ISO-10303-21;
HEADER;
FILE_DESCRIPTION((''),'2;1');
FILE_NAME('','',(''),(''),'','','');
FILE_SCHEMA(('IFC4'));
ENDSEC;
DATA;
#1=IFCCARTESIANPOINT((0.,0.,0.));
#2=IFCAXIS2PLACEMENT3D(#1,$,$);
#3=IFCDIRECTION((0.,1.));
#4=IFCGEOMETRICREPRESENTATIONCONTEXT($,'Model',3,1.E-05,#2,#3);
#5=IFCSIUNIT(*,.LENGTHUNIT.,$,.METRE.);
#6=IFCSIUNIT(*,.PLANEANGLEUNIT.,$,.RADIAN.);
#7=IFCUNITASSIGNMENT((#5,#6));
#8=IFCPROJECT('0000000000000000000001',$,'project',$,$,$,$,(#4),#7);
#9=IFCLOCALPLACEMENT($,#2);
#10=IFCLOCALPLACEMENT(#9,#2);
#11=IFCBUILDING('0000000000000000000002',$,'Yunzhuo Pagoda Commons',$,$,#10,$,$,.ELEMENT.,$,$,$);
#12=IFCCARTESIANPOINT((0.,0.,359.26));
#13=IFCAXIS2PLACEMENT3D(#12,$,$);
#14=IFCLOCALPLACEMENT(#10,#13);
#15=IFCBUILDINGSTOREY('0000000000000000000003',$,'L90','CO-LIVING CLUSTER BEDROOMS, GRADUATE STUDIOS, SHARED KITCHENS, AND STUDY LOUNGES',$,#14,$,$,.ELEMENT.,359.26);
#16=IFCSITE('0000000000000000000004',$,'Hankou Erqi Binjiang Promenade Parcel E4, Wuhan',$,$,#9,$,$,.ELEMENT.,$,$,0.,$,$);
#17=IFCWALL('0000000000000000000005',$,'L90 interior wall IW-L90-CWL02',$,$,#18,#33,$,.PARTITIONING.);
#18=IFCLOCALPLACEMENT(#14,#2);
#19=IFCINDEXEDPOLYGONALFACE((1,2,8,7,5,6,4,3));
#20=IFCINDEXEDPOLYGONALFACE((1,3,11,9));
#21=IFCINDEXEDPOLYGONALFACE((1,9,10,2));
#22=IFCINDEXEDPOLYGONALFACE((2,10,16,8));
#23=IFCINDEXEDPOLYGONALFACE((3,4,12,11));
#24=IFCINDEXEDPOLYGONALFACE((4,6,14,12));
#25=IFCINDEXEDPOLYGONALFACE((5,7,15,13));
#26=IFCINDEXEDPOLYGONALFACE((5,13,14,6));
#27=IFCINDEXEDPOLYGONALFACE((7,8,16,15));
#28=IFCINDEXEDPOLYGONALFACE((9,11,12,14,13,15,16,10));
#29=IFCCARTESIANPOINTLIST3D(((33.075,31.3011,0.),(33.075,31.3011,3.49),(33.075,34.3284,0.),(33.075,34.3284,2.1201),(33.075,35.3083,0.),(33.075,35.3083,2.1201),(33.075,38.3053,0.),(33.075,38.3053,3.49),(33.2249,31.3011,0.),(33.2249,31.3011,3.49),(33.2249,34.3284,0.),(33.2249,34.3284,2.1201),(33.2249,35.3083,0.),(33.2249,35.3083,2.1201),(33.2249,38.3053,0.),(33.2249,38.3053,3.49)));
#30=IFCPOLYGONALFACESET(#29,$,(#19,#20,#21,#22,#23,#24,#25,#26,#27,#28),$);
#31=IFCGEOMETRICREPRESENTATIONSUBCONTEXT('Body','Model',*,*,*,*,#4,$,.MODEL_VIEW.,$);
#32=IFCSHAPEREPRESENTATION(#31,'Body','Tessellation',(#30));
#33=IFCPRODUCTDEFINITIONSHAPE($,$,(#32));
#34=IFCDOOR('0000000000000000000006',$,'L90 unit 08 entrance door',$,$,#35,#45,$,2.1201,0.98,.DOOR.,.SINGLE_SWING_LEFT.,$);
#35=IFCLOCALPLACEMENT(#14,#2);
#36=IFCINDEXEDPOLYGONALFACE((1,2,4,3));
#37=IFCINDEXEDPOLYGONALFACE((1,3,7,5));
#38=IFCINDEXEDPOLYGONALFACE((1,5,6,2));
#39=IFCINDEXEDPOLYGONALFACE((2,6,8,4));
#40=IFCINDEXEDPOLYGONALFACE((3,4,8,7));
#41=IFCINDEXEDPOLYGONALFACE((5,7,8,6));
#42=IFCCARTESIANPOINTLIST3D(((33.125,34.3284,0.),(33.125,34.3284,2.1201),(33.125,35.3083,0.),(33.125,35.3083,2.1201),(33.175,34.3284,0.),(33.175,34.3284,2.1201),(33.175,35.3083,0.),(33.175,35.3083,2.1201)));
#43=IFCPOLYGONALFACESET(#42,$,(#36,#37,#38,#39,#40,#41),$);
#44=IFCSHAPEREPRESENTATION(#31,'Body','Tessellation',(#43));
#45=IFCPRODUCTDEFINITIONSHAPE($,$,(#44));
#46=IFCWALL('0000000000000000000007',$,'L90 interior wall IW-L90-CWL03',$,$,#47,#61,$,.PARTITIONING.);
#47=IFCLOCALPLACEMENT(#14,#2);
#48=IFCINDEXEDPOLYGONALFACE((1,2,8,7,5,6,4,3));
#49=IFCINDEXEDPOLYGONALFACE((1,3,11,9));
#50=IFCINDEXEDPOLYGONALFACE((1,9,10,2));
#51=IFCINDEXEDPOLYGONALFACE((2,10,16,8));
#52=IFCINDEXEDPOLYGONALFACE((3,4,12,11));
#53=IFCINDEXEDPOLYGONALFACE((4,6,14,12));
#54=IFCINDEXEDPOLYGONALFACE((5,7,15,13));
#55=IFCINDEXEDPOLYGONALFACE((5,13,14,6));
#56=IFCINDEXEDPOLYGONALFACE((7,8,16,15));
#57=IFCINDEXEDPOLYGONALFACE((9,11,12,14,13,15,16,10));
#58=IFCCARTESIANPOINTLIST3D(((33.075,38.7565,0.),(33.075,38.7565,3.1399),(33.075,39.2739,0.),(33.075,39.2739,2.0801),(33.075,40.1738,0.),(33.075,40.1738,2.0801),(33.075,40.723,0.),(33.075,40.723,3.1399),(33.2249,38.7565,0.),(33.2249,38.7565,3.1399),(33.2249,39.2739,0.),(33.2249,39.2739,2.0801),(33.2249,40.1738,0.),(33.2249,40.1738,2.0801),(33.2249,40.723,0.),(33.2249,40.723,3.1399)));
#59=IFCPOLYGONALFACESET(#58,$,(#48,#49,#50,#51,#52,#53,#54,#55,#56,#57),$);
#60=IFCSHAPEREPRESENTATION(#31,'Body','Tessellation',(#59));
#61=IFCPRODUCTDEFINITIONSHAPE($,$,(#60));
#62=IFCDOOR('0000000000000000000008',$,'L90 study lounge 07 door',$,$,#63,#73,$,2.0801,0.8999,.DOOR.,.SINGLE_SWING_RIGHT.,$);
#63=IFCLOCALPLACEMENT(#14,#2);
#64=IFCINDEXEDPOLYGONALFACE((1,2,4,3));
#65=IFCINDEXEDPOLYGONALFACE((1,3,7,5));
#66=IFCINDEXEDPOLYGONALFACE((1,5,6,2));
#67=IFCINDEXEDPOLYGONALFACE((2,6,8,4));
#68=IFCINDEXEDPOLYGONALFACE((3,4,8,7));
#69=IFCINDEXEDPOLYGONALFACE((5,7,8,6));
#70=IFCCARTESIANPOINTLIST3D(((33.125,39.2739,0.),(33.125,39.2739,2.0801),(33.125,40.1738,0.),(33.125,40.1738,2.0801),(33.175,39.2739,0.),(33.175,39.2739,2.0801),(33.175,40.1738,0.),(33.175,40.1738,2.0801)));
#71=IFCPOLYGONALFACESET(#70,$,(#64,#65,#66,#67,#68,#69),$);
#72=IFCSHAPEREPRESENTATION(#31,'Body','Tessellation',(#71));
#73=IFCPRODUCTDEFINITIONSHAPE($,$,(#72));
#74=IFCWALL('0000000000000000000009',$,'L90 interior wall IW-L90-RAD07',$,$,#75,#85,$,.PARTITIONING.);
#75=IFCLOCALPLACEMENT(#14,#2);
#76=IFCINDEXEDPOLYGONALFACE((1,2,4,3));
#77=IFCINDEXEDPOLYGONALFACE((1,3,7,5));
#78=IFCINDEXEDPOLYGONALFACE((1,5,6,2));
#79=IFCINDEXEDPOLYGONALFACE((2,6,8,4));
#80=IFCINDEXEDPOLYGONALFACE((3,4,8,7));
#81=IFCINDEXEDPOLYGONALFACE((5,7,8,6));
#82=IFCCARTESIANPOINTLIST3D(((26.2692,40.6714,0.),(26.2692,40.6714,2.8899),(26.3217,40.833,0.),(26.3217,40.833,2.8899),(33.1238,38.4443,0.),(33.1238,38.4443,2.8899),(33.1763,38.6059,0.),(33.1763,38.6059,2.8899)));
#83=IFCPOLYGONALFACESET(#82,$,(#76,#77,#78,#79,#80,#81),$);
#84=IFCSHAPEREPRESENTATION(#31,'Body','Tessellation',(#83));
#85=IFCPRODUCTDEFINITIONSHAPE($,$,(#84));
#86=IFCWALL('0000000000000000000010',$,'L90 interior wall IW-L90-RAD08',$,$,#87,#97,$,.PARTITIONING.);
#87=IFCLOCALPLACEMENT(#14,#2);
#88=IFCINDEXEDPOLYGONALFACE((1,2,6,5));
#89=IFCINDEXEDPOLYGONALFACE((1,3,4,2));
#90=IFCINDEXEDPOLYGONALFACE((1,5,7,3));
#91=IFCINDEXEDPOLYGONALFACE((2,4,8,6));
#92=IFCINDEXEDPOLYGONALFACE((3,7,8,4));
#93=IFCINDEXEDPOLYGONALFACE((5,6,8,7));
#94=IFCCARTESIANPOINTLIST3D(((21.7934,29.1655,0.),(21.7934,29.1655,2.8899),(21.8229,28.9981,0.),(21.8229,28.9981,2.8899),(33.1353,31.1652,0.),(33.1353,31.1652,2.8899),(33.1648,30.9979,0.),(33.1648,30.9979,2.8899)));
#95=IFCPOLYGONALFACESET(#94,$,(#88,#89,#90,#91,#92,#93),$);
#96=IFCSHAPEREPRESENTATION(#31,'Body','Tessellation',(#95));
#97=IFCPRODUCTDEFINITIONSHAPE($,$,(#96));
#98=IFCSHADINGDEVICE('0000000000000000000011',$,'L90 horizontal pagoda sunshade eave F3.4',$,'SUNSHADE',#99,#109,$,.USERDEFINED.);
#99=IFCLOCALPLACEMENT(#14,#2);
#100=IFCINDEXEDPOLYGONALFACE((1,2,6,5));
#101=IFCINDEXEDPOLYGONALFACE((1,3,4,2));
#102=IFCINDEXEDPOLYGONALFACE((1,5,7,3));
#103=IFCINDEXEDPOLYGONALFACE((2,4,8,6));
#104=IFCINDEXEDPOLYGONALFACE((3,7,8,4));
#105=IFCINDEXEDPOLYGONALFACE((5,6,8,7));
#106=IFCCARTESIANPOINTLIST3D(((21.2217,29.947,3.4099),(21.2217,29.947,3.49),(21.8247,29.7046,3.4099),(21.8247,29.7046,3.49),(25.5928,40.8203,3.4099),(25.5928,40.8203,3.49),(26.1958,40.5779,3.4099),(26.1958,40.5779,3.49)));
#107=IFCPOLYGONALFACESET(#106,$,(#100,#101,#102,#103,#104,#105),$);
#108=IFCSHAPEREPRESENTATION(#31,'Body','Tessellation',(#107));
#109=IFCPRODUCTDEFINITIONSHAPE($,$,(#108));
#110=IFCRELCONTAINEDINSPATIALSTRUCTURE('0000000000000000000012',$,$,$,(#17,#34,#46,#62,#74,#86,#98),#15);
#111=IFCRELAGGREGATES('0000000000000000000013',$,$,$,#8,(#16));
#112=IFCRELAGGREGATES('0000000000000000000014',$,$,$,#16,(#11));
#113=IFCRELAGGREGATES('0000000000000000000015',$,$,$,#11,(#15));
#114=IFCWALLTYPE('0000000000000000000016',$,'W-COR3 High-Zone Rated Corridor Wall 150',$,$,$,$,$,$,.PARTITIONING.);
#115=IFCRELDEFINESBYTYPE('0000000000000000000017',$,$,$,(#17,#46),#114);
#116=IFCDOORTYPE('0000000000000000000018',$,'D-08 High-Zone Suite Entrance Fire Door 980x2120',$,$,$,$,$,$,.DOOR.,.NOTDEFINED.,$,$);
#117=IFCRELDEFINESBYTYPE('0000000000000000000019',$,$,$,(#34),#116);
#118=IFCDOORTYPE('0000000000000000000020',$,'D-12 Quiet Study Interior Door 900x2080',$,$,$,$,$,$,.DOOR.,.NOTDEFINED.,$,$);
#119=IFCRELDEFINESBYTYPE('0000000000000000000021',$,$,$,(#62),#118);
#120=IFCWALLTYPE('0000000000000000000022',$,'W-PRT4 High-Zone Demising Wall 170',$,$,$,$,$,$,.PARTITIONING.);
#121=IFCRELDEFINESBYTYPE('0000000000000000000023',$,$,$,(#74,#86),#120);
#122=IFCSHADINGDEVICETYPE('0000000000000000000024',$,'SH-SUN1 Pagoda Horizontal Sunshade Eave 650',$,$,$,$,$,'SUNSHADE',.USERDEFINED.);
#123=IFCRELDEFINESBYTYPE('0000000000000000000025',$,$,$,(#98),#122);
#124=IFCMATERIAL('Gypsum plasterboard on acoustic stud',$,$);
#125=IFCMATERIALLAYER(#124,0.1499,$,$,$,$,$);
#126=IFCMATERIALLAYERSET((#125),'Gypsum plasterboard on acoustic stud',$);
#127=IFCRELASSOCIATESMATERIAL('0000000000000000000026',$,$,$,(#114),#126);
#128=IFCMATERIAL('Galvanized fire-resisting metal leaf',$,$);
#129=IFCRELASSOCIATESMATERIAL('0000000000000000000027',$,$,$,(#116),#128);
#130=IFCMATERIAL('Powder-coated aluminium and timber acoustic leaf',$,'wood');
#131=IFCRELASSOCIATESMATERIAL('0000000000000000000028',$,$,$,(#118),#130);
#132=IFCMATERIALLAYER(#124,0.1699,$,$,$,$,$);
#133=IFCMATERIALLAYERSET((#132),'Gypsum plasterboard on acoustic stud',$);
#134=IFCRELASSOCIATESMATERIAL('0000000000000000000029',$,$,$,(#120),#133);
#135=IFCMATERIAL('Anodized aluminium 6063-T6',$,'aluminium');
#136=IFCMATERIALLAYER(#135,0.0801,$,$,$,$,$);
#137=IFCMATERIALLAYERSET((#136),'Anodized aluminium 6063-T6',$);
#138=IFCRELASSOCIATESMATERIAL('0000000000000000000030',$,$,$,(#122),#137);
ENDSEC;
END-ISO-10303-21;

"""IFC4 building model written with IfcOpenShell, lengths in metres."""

from ifc_helpers import new_model, si_unit, direction, frame, frame_2d, origin, origin_with_axes, origin_2d, place, context, subcontext, project, spatial, rectangle, extrude, source, transform, mapped, material, layer, layer_set, type_object, element, fill, save


model = new_model("IFC4")

# Units and contexts
model_context = context("Model", 3, precision=1e-05, world=origin(), true_north=direction((0.0, 1.0)))
body_context = subcontext(model_context, "Body", "Model", "MODEL_VIEW")
ifc_project = project(units=[si_unit("LENGTHUNIT", "METRE"), si_unit("PLANEANGLEUNIT", "RADIAN")], contexts=[model_context])

# Site, building, storey
site_placement = place(None, origin())
site = spatial("IfcSite", under=ifc_project, at=site_placement, Name="Hankou Erqi Binjiang Promenade Parcel E4, Wuhan", CompositionType="ELEMENT", RefElevation=0.0)
building_placement = place(site_placement, origin())
building = spatial("IfcBuilding", under=site, at=building_placement, Name="Yunzhuo Pagoda Commons", CompositionType="ELEMENT")
storey_placement = place(building_placement, frame((0.0, 0.0, 359.26)))
storey = spatial("IfcBuildingStorey", under=building, at=storey_placement, Name="L90", Description="CO-LIVING CLUSTER BEDROOMS, GRADUATE STUDIOS, SHARED KITCHENS, AND STUDY LOUNGES", CompositionType="ELEMENT", Elevation=359.26)

# Shared definitions
ifc_material_1 = material(Name="Anodized aluminium 6063-T6", Category="aluminium")

# Walls, openings, doors
ifc_material_2 = material(Name="Galvanized fire-resisting metal leaf")
ifc_material_3 = material(Name="Gypsum plasterboard on acoustic stud")
ifc_layer_1 = layer(ifc_material_3, 0.1499)
ifc_layer_set_1 = layer_set([ifc_layer_1], Name="Gypsum plasterboard on acoustic stud")
wall_type_1 = type_object("IfcWallType", Name="W-COR3 High-Zone Rated Corridor Wall 150", PredefinedType="PARTITIONING", material=ifc_layer_set_1)
wall_1_placement = place(storey_placement, frame((33.1499, 31.3013, 0.0), z_axis=(0.0, 0.0, 1.0), x_axis=(0.0, 1.0, 0.0)))
wall_1 = element("IfcWall", 1, at=wall_1_placement, inside=storey, type_object=wall_type_1, Name="L90 interior wall IW-L90-CWL02", PredefinedType="PARTITIONING", context=body_context, shape_type="SweptSolid", body=[
    extrude(rectangle(XDim=7.0042, YDim=0.1499, at=frame_2d((3.502, 0.0))), origin(), (0.0, 0.0, 1.0), 3.49),
])
opening_1_placement = place(wall_1_placement, frame((3.0271, 0.0, 0.0)))
opening_1 = element("IfcOpeningElement", 2, at=opening_1_placement, cuts=wall_1, PredefinedType="OPENING", context=body_context, shape_type="SweptSolid", body=[
    extrude(rectangle(XDim=0.98, YDim=2.1201, at=frame_2d((0.49, 1.0601))), frame((0.0, 0.085, 0.0), z_axis=(0.0, -1.0, 0.0), x_axis=(1.0, 0.0, 0.0)), (0.0, 0.0, 1.0), 0.1699),
])
door_type_1 = type_object("IfcDoorType", Name="D-08 High-Zone Suite Entrance Fire Door 980x2120", OperationType="NOTDEFINED", PredefinedType="DOOR", material=ifc_material_2)
shared_shape_1 = source(origin(), body_context, "Body", "SweptSolid", [
    extrude(rectangle(XDim=0.98, YDim=2.1201, at=frame_2d((0.49, 1.0601))), frame((0.0, 0.0249, 0.0), z_axis=(0.0, -1.0, 0.0), x_axis=(1.0, 0.0, 0.0)), (0.0, 0.0, 1.0), 0.05),
])
door_1_placement = place(opening_1_placement, origin_with_axes())
door_1 = element("IfcDoor", 3, at=door_1_placement, inside=storey, type_object=door_type_1, Name="L90 unit 08 entrance door", OperationType="SINGLE_SWING_LEFT", OverallHeight=2.1201, OverallWidth=0.98, PredefinedType="DOOR", context=body_context, shape_type="MappedRepresentation", body=[
    mapped(shared_shape_1, transform((0.0, 0.0, 0.0), scale=1.0)),
])
fill(opening_1, door_1)
wall_2_placement = place(storey_placement, frame((33.1499, 38.7563, 0.0), z_axis=(0.0, 0.0, 1.0), x_axis=(0.0, 1.0, 0.0)))
wall_2 = element("IfcWall", 4, at=wall_2_placement, inside=storey, type_object=wall_type_1, Name="L90 interior wall IW-L90-CWL03", PredefinedType="PARTITIONING", context=body_context, shape_type="SweptSolid", body=[
    extrude(rectangle(XDim=1.9666, YDim=0.1499, at=frame_2d((0.9834, 0.0))), origin(), (0.0, 0.0, 1.0), 3.1399),
])
opening_2_placement = place(wall_2_placement, frame((0.5176, 0.0, 0.0)))
opening_2 = element("IfcOpeningElement", 5, at=opening_2_placement, cuts=wall_2, PredefinedType="OPENING", context=body_context, shape_type="SweptSolid", body=[
    extrude(rectangle(XDim=0.8999, YDim=2.0801, at=frame_2d((0.45, 1.04))), frame((0.0, 0.085, 0.0), z_axis=(0.0, -1.0, 0.0), x_axis=(1.0, 0.0, 0.0)), (0.0, 0.0, 1.0), 0.1699),
])
ifc_material_4 = material(Name="Powder-coated aluminium and timber acoustic leaf", Category="wood")
door_type_2 = type_object("IfcDoorType", Name="D-12 Quiet Study Interior Door 900x2080", OperationType="NOTDEFINED", PredefinedType="DOOR", material=ifc_material_4)
shared_shape_2 = source(origin(), body_context, "Body", "SweptSolid", [
    extrude(rectangle(XDim=0.8999, YDim=2.0801, at=frame_2d((0.45, 1.04))), frame((0.0, 0.0249, 0.0), z_axis=(0.0, -1.0, 0.0), x_axis=(1.0, 0.0, 0.0)), (0.0, 0.0, 1.0), 0.05),
])
door_2_placement = place(opening_2_placement, origin_with_axes())
door_2 = element("IfcDoor", 6, at=door_2_placement, inside=storey, type_object=door_type_2, Name="L90 study lounge 07 door", OperationType="SINGLE_SWING_RIGHT", OverallHeight=2.0801, OverallWidth=0.8999, PredefinedType="DOOR", context=body_context, shape_type="MappedRepresentation", body=[
    mapped(shared_shape_2, transform((0.0, 0.0, 0.0), scale=1.0)),
])
fill(opening_2, door_2)

# Walls
ifc_layer_2 = layer(ifc_material_3, 0.1699)
ifc_layer_set_2 = layer_set([ifc_layer_2], Name="Gypsum plasterboard on acoustic stud")
wall_type_2 = type_object("IfcWallType", Name="W-PRT4 High-Zone Demising Wall 170", PredefinedType="PARTITIONING", material=ifc_layer_set_2)
wall_3_placement = place(storey_placement, frame((33.1499, 38.5251, 0.0), z_axis=(0.0, 0.0, 1.0), x_axis=(-0.951061, 0.309003, 0.0)))
element("IfcWall", 7, at=wall_3_placement, inside=storey, type_object=wall_type_2, Name="L90 interior wall IW-L90-RAD07", PredefinedType="PARTITIONING", context=body_context, shape_type="SweptSolid", body=[
    extrude(rectangle(XDim=7.2073, YDim=0.1699, at=frame_2d((3.6035, 0.0))), origin(), (0.0, 0.0, 1.0), 2.8899),
])
wall_4_placement = place(storey_placement, frame((33.1499, 31.0815, 0.0), z_axis=(0.0, 0.0, 1.0), x_axis=(-0.984809, -0.173639, 0.0)))
element("IfcWall", 8, at=wall_4_placement, inside=storey, type_object=wall_type_2, Name="L90 interior wall IW-L90-RAD08", PredefinedType="PARTITIONING", context=body_context, shape_type="SweptSolid", body=[
    extrude(rectangle(XDim=11.5168, YDim=0.1699, at=frame_2d((5.7583, 0.0))), origin(), (0.0, 0.0, 1.0), 2.8899),
])

# Shading device
ifc_layer_3 = layer(ifc_material_1, 0.0801)
ifc_layer_set_3 = layer_set([ifc_layer_3], Name="Anodized aluminium 6063-T6")
shading_device_type = type_object("IfcShadingDeviceType", Name="SH-SUN1 Pagoda Horizontal Sunshade Eave 650", ElementType="SUNSHADE", PredefinedType="USERDEFINED", material=ifc_layer_set_3)
shared_shape_3 = source(origin(), body_context, "Body", "SweptSolid", [
    extrude(rectangle(XDim=11.719, YDim=0.6499, at=origin_2d()), origin(), (0.0, 0.0, 1.0), 0.0801),
])
shading_device_placement = place(storey_placement, frame((23.7087, 35.2625, 3.4099), z_axis=(0.0, 0.0, 1.0), x_axis=(-0.372988, -0.927836, 0.0)))
element("IfcShadingDevice", 9, at=shading_device_placement, inside=storey, type_object=shading_device_type, Name="L90 horizontal pagoda sunshade eave F3.4", ObjectType="SUNSHADE", PredefinedType="USERDEFINED", context=body_context, shape_type="MappedRepresentation", body=[
    mapped(shared_shape_3, transform((0.0, 0.0, 0.0), scale=1.0)),
])

save(model, "model.ifc")
